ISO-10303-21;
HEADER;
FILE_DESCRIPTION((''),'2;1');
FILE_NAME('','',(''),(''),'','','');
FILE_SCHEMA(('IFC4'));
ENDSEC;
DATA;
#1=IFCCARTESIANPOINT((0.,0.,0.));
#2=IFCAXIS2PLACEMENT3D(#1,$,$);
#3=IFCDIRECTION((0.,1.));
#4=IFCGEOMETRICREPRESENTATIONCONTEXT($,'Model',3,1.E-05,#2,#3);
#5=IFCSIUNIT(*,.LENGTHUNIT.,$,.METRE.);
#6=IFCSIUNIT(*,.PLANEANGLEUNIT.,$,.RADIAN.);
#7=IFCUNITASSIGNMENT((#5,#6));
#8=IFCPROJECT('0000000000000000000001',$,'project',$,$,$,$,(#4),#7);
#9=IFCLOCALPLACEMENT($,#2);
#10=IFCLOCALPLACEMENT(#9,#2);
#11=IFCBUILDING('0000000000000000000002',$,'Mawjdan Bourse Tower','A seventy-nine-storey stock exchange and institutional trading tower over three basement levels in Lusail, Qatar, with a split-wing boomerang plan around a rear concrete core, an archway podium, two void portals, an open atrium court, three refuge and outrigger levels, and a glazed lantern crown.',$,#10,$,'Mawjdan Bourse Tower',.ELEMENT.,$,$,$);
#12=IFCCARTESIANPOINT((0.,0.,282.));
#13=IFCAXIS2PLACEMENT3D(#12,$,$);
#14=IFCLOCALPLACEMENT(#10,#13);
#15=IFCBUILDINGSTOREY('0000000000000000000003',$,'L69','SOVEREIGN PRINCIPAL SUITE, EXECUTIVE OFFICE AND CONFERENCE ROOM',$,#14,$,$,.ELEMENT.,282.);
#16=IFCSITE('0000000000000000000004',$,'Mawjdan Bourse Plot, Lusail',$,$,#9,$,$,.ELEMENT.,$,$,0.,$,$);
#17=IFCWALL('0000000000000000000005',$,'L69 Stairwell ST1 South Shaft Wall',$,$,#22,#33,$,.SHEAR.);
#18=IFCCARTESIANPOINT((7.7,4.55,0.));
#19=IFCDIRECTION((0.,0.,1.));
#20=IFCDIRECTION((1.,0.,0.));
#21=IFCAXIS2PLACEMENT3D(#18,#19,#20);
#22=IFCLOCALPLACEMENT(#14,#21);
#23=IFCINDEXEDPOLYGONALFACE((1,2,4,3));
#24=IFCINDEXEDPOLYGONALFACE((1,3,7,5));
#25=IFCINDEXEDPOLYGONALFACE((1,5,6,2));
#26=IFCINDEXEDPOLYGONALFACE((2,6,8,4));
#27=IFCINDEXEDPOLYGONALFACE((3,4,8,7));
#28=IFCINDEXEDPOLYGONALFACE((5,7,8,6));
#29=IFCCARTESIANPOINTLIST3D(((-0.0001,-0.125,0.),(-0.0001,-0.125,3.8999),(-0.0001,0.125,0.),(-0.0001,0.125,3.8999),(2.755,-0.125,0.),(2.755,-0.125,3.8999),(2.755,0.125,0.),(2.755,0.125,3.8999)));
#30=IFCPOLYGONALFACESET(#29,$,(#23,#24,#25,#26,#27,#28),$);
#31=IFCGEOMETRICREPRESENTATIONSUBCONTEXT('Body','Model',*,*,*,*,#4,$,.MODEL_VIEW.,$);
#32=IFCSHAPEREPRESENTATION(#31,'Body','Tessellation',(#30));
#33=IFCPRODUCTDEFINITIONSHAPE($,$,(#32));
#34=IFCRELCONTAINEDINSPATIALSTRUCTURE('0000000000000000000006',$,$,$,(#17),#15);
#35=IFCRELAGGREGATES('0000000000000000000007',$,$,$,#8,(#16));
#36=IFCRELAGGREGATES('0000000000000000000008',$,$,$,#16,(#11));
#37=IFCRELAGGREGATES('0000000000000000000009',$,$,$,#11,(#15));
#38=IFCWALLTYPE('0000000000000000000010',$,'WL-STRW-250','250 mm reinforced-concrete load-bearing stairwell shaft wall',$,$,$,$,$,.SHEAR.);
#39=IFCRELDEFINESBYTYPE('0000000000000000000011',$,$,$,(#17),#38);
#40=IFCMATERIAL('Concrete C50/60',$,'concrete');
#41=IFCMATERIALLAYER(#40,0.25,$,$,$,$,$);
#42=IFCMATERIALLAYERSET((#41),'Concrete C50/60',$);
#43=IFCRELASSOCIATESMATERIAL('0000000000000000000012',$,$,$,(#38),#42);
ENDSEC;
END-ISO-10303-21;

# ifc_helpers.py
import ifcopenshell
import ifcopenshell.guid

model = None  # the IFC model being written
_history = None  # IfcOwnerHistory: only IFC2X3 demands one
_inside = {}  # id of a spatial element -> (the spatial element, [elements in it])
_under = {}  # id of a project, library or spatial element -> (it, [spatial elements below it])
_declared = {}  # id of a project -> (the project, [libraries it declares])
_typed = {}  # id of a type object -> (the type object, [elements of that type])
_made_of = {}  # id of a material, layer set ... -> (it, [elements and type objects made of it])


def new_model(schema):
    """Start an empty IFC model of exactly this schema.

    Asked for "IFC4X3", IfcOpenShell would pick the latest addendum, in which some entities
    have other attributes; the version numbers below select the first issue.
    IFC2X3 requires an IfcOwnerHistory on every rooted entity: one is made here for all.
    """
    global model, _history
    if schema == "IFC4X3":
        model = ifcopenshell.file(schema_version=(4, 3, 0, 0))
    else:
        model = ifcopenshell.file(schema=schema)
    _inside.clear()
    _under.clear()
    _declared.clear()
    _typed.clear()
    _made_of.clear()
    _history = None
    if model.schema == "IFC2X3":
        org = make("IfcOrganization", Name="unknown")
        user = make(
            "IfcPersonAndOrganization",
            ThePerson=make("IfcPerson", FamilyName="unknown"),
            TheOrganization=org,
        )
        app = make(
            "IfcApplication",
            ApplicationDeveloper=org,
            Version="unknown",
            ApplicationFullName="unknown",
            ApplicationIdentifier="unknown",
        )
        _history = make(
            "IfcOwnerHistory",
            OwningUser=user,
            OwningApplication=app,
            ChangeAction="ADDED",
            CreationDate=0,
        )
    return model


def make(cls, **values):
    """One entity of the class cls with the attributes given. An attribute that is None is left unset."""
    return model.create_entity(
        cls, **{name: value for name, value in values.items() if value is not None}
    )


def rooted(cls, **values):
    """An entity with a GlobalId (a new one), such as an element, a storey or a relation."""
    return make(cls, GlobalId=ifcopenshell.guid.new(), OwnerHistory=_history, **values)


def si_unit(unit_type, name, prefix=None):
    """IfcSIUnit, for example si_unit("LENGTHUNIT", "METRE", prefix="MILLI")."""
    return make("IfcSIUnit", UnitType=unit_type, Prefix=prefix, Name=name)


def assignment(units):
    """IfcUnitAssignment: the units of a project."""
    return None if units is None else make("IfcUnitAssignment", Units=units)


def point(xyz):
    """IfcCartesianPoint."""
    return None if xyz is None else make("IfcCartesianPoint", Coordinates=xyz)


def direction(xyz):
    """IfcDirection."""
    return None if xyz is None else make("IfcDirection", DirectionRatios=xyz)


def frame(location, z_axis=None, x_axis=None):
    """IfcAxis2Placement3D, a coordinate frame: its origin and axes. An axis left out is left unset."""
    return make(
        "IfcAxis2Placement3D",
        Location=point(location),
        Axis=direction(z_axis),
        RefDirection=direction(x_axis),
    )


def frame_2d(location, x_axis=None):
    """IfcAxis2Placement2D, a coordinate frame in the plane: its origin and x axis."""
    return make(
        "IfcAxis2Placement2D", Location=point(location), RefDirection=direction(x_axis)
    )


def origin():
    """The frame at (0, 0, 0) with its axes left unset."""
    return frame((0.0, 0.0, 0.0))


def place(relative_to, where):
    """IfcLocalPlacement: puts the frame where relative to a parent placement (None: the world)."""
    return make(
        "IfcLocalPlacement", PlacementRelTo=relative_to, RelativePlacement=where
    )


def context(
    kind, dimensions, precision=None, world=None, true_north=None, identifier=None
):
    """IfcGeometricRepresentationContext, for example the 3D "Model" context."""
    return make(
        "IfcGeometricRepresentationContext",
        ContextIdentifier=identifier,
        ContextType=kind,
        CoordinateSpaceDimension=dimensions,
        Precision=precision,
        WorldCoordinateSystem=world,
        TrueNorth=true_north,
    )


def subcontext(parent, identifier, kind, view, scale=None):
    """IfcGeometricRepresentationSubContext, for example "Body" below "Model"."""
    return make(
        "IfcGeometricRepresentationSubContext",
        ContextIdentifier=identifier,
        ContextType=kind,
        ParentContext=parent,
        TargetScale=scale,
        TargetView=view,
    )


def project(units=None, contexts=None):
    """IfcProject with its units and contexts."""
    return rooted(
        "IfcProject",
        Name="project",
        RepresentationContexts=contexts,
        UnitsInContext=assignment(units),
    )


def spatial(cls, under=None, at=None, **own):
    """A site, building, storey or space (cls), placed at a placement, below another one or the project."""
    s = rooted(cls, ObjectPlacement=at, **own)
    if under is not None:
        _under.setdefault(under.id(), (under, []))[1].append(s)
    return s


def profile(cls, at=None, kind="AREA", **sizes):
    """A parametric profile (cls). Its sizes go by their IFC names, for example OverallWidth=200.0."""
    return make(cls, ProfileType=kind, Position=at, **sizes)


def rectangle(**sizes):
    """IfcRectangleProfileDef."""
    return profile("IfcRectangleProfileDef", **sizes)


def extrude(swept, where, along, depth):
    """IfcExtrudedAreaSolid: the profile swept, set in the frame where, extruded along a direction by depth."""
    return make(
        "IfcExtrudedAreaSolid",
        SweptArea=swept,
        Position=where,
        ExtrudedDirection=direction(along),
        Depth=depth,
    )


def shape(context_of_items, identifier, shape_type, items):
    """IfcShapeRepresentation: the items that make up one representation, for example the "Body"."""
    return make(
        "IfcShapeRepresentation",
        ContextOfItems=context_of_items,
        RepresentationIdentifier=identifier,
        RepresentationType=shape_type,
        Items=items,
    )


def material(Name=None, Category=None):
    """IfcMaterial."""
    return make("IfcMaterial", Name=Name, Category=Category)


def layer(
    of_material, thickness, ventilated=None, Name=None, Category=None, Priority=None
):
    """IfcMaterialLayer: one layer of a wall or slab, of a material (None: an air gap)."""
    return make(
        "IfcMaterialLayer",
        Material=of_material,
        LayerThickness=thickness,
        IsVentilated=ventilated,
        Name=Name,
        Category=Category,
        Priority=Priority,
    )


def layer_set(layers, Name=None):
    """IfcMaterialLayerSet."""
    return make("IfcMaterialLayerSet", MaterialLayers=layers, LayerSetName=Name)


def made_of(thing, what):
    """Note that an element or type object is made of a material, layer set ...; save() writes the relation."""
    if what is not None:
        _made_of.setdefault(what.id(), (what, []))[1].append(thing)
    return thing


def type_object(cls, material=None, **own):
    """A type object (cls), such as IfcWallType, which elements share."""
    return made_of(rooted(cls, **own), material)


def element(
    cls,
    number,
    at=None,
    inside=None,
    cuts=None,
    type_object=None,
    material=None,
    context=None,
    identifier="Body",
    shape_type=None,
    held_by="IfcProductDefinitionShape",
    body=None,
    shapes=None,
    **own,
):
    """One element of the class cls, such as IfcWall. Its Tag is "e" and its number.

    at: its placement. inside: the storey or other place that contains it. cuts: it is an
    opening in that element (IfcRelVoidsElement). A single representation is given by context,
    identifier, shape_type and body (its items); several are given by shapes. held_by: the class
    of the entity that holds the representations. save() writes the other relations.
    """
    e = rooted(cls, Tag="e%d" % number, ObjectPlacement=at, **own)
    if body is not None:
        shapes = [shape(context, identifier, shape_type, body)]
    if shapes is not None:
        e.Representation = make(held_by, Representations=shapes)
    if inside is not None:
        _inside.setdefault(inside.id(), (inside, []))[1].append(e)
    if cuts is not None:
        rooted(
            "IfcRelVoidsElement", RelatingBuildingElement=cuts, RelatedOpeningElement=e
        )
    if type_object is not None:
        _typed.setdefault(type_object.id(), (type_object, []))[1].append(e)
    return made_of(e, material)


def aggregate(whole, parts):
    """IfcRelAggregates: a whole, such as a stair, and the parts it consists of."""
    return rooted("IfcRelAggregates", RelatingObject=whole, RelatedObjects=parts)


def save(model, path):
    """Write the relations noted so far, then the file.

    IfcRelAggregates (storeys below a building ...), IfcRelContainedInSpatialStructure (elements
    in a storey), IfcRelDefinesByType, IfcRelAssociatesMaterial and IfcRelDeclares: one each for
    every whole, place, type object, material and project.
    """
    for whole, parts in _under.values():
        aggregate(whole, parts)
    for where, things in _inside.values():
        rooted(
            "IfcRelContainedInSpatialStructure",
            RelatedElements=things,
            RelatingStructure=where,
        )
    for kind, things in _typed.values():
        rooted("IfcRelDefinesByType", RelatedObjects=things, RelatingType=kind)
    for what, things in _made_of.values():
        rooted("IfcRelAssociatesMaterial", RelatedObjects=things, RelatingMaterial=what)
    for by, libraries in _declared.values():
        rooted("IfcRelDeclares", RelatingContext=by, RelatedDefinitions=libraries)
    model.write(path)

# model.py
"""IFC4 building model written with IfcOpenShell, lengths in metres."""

from ifc_helpers import new_model, si_unit, direction, frame, frame_2d, origin, place, context, subcontext, project, spatial, rectangle, extrude, material, layer, layer_set, type_object, element, save


model = new_model("IFC4")

# Units and contexts
model_context = context("Model", 3, precision=1e-05, world=origin(), true_north=direction((0.0, 1.0)))
body_context = subcontext(model_context, "Body", "Model", "MODEL_VIEW")
ifc_project = project(units=[si_unit("LENGTHUNIT", "METRE"), si_unit("PLANEANGLEUNIT", "RADIAN")], contexts=[model_context])

# Site, building, storey
site_placement = place(None, origin())
site = spatial("IfcSite", under=ifc_project, at=site_placement, Name="Mawjdan Bourse Plot, Lusail", CompositionType="ELEMENT", RefElevation=0.0)
building_placement = place(site_placement, origin())
building = spatial("IfcBuilding", under=site, at=building_placement, Name="Mawjdan Bourse Tower", Description="A seventy-nine-storey stock exchange and institutional trading tower over three basement levels in Lusail, Qatar, with a split-wing boomerang plan around a rear concrete core, an archway podium, two void portals, an open atrium court, three refuge and outrigger levels, and a glazed lantern crown.", LongName="Mawjdan Bourse Tower", CompositionType="ELEMENT")
storey_placement = place(building_placement, frame((0.0, 0.0, 282.0)))
storey = spatial("IfcBuildingStorey", under=building, at=storey_placement, Name="L69", Description="SOVEREIGN PRINCIPAL SUITE, EXECUTIVE OFFICE AND CONFERENCE ROOM", CompositionType="ELEMENT", Elevation=282.0)

# Shared definitions
ifc_material_1 = material(Name="Concrete C50/60", Category="concrete")

# Wall
ifc_layer_1 = layer(ifc_material_1, 0.25)
ifc_layer_set_1 = layer_set([ifc_layer_1], Name="Concrete C50/60")
wall_type_1 = type_object("IfcWallType", Name="WL-STRW-250", Description="250 mm reinforced-concrete load-bearing stairwell shaft wall", PredefinedType="SHEAR", material=ifc_layer_set_1)
wall_1_placement = place(storey_placement, frame((7.7, 4.55, 0.0), z_axis=(0.0, 0.0, 1.0), x_axis=(1.0, 0.0, 0.0)))
element("IfcWall", 1, at=wall_1_placement, inside=storey, type_object=wall_type_1, Name="L69 Stairwell ST1 South Shaft Wall", PredefinedType="SHEAR", context=body_context, shape_type="SweptSolid", body=[
    extrude(rectangle(XDim=2.7551, YDim=0.25, at=frame_2d((1.3774, 0.0))), origin(), (0.0, 0.0, 1.0), 3.8999),
])

save(model, "model.ifc")
